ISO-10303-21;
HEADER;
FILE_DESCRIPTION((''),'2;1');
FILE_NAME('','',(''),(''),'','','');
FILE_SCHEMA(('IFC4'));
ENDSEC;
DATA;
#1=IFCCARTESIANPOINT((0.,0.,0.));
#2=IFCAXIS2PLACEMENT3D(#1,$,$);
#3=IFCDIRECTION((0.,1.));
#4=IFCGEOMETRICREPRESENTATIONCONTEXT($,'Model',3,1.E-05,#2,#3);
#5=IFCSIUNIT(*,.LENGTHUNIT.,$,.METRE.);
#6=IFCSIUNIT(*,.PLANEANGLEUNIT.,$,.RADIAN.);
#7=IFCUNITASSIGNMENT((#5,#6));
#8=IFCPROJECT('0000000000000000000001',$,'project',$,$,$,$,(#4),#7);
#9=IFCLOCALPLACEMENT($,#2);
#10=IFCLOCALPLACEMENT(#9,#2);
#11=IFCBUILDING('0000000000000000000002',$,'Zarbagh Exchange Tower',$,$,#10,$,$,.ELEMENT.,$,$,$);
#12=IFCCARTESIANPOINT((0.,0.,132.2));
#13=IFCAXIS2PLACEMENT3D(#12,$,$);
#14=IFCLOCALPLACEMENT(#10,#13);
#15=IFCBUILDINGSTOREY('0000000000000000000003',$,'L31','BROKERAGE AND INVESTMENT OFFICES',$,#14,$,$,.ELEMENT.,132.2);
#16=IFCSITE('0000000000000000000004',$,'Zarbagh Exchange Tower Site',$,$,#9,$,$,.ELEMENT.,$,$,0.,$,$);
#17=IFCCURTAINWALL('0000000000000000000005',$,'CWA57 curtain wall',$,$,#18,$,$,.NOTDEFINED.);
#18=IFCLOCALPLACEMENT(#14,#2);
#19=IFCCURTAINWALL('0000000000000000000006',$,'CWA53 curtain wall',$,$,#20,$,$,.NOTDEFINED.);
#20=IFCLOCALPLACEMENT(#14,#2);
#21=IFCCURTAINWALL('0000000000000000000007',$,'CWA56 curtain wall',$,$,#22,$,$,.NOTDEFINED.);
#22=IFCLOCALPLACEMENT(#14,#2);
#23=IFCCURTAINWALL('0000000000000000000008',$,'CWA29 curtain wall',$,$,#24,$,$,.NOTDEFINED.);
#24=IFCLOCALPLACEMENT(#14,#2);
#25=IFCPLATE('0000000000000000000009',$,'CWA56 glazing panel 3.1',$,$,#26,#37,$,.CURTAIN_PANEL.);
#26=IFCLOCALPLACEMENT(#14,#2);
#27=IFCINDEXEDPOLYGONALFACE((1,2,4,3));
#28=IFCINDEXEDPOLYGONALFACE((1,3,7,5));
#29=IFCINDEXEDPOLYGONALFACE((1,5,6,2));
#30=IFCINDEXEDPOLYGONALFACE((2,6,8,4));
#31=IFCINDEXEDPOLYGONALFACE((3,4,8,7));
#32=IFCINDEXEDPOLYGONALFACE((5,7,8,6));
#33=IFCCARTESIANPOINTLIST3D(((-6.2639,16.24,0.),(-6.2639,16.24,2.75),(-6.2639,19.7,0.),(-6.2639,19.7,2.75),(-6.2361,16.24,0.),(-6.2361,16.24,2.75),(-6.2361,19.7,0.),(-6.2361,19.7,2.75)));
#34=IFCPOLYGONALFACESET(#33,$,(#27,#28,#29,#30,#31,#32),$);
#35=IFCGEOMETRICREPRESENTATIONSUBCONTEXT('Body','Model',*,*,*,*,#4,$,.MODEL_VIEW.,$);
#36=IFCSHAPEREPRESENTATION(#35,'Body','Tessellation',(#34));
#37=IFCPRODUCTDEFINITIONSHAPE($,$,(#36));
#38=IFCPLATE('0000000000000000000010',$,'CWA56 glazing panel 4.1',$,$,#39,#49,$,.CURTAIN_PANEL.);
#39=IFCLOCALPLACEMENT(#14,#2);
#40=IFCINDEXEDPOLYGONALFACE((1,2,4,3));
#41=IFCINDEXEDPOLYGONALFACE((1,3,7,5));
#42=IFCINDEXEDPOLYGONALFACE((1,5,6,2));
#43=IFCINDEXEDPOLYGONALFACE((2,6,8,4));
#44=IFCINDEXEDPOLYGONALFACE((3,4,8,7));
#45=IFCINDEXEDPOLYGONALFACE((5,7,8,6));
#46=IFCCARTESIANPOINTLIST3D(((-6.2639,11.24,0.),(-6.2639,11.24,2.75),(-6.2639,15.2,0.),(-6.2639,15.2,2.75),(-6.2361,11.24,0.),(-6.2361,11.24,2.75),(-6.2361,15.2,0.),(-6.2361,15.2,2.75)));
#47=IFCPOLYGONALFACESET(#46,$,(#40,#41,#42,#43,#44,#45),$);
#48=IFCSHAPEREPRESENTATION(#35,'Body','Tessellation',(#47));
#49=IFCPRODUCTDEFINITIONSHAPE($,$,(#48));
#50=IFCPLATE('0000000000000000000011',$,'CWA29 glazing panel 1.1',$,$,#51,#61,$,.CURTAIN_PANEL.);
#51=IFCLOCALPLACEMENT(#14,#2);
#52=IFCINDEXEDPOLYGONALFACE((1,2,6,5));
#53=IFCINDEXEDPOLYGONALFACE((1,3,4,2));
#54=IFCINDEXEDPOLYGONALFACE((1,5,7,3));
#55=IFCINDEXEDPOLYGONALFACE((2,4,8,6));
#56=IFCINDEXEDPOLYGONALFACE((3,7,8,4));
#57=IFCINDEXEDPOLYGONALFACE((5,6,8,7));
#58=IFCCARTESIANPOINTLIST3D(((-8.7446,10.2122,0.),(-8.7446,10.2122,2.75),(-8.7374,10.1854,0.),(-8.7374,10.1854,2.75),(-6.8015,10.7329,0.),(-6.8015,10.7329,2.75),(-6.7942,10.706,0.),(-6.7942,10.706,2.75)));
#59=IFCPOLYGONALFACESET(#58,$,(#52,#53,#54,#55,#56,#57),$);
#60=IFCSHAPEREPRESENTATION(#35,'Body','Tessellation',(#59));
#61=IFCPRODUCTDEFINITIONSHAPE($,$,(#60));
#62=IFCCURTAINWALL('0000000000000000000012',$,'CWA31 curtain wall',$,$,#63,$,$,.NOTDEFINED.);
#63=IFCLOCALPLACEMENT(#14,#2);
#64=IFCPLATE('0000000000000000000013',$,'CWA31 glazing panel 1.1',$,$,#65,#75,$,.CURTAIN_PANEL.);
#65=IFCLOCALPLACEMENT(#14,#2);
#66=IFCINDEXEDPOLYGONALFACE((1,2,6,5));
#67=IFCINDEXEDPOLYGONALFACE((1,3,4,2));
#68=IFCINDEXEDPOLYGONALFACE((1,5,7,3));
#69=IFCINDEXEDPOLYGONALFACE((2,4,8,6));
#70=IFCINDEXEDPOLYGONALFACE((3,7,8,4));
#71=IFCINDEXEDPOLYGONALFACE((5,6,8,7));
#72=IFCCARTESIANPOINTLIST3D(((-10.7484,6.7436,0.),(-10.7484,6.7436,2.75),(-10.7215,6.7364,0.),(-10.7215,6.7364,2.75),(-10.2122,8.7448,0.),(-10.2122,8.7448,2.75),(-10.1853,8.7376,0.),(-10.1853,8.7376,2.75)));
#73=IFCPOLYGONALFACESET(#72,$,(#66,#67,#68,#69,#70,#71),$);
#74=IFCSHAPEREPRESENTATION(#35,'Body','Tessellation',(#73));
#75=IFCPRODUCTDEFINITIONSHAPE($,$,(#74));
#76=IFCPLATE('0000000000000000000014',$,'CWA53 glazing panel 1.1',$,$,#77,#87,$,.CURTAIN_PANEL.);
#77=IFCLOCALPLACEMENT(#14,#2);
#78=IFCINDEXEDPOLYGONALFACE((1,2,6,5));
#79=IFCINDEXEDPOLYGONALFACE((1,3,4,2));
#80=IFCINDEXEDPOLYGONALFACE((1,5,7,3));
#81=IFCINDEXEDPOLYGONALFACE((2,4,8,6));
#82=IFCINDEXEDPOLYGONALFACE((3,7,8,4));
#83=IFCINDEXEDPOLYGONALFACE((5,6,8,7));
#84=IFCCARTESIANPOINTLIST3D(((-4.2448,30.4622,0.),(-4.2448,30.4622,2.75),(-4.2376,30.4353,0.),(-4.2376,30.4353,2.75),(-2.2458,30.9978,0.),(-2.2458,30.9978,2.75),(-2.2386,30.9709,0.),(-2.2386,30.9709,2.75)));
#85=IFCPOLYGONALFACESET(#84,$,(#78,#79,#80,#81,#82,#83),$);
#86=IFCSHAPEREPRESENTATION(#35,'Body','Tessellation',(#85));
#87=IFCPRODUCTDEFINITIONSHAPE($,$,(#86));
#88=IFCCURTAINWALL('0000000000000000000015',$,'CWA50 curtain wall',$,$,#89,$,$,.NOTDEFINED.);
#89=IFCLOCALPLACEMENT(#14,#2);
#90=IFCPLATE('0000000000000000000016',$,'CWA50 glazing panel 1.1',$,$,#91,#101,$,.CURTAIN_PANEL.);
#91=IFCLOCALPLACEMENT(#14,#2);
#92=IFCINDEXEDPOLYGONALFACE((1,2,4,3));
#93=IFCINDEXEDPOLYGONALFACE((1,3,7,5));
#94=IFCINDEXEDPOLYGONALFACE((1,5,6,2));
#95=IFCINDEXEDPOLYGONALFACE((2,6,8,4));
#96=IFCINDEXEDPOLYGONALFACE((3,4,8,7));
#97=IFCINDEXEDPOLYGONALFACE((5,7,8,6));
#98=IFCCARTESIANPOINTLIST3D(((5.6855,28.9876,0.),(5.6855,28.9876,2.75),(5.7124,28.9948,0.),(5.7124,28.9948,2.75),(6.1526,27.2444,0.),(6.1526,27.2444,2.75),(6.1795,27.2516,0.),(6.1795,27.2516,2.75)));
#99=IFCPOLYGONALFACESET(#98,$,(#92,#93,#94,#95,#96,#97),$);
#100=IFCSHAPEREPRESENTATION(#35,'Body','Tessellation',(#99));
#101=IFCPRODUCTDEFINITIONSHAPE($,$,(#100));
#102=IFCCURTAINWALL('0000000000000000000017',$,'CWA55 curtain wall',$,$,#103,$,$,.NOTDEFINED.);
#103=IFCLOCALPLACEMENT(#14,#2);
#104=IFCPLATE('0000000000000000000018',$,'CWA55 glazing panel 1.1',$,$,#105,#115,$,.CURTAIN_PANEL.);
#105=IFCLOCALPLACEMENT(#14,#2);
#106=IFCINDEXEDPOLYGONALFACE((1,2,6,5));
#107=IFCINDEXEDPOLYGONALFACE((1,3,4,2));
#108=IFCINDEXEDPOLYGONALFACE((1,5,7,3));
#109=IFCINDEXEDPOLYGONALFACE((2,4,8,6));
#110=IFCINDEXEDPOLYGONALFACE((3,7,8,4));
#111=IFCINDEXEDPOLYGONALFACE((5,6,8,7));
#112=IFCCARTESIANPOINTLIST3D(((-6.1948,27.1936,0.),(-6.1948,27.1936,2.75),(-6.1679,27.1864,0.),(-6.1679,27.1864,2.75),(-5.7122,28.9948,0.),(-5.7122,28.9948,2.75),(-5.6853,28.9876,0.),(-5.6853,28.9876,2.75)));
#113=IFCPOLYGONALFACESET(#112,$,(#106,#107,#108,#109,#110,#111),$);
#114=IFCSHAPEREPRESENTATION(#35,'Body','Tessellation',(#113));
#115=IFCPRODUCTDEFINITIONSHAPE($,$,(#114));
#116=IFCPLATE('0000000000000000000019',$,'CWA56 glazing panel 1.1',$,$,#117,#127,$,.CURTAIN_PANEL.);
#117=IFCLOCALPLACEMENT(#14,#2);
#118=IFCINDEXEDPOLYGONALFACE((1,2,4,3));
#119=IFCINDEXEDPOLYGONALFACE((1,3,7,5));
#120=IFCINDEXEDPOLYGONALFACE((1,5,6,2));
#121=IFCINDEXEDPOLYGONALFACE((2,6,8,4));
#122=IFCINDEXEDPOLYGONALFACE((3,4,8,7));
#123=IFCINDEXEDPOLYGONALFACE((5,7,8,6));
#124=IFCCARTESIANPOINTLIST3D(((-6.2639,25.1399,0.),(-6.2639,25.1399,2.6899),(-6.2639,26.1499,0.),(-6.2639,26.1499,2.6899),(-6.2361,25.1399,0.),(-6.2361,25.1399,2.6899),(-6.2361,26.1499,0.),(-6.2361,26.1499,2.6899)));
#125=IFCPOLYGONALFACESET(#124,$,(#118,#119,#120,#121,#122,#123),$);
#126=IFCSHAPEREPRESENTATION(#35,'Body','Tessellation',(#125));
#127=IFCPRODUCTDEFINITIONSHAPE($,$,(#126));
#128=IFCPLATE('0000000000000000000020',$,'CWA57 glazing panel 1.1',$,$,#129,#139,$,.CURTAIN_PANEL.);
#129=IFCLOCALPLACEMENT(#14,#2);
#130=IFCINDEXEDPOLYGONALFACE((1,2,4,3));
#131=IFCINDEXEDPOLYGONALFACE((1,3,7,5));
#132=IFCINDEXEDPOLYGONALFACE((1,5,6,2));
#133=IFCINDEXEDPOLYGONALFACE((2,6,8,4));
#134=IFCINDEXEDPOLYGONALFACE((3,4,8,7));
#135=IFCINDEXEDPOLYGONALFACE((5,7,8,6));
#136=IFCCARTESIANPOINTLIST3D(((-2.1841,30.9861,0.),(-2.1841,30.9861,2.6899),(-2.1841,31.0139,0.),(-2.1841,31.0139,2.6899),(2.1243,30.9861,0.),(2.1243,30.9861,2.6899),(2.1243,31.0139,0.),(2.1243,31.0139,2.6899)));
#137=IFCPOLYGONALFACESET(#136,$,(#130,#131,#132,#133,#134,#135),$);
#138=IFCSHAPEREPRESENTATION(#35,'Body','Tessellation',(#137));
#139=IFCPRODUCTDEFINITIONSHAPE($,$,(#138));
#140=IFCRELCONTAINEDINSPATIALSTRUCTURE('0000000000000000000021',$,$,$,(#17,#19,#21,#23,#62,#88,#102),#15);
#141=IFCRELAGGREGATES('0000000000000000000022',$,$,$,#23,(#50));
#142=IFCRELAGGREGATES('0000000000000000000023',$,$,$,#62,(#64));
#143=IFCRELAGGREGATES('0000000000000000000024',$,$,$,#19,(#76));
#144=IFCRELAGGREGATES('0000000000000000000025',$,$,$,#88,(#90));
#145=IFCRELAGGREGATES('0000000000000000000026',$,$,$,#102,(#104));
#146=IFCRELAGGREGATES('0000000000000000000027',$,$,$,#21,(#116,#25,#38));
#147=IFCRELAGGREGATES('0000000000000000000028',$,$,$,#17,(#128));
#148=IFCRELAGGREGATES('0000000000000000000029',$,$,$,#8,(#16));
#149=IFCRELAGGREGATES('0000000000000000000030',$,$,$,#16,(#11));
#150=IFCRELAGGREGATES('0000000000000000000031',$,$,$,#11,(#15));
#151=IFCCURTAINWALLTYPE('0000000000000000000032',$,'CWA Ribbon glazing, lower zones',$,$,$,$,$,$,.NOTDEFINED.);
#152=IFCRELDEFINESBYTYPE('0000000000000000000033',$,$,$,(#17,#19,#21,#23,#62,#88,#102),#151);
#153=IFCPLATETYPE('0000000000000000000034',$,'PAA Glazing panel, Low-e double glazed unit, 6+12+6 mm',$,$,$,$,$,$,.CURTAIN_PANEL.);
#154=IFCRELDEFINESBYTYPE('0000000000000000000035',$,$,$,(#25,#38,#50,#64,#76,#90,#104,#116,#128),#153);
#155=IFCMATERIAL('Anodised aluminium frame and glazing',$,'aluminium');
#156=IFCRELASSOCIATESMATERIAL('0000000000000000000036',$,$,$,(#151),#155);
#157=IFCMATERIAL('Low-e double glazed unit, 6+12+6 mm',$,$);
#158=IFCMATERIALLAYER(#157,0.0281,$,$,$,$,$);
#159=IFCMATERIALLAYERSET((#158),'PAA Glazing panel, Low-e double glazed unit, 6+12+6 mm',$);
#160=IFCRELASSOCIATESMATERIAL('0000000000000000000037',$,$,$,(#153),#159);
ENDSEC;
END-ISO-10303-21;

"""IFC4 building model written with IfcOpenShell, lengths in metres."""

from ifc_helpers import new_model, si_unit, direction, frame, origin, place, context, subcontext, project, spatial, polyline, outline, extrude, source, transform, mapped, material, layer, layer_set, type_object, element, aggregate, save


model = new_model("IFC4")

# Units and contexts
model_context = context("Model", 3, precision=1e-05, world=origin(), true_north=direction((0.0, 1.0)))
body_context = subcontext(model_context, "Body", "Model", "MODEL_VIEW")
ifc_project = project(units=[si_unit("LENGTHUNIT", "METRE"), si_unit("PLANEANGLEUNIT", "RADIAN")], contexts=[model_context])

# Site, building, storey
site_placement = place(None, origin())
site = spatial("IfcSite", under=ifc_project, at=site_placement, Name="Zarbagh Exchange Tower Site", CompositionType="ELEMENT", RefElevation=0.0)
building_placement = place(site_placement, origin())
building = spatial("IfcBuilding", under=site, at=building_placement, Name="Zarbagh Exchange Tower", CompositionType="ELEMENT")
storey_placement = place(building_placement, frame((0.0, 0.0, 132.2)))
storey = spatial("IfcBuildingStorey", under=building, at=storey_placement, Name="L31", Description="BROKERAGE AND INVESTMENT OFFICES", CompositionType="ELEMENT", Elevation=132.2)

# Curtain walls
ifc_material_1 = material(Name="Anodised aluminium frame and glazing", Category="aluminium")
curtain_wall_type = type_object("IfcCurtainWallType", Name="CWA Ribbon glazing, lower zones", PredefinedType="NOTDEFINED", material=ifc_material_1)
curtain_wall_1_placement = place(storey_placement, origin())
curtain_wall_1 = element("IfcCurtainWall", 1, at=curtain_wall_1_placement, inside=storey, type_object=curtain_wall_type, Name="CWA57 curtain wall", PredefinedType="NOTDEFINED")
placement = place(storey_placement, origin())
curtain_wall_2_placement = place(storey_placement, origin())
curtain_wall_2 = element("IfcCurtainWall", 2, at=curtain_wall_2_placement, inside=storey, type_object=curtain_wall_type, Name="CWA53 curtain wall", PredefinedType="NOTDEFINED")

# Curtain wall
curtain_wall_3_placement = place(storey_placement, origin())
curtain_wall_3 = element("IfcCurtainWall", 3, at=curtain_wall_3_placement, inside=storey, type_object=curtain_wall_type, Name="CWA56 curtain wall", PredefinedType="NOTDEFINED")

# Curtain wall
curtain_wall_4_placement = place(storey_placement, origin())
curtain_wall_4 = element("IfcCurtainWall", 4, at=curtain_wall_4_placement, inside=storey, type_object=curtain_wall_type, Name="CWA29 curtain wall", PredefinedType="NOTDEFINED")

# Shared definitions
ifc_material_2 = material(Name="Low-e double glazed unit, 6+12+6 mm")
ifc_layer = layer(ifc_material_2, 0.0281)
ifc_layer_set = layer_set([ifc_layer], Name="PAA Glazing panel, Low-e double glazed unit, 6+12+6 mm")
plate_type = type_object("IfcPlateType", Name="PAA Glazing panel, Low-e double glazed unit, 6+12+6 mm", PredefinedType="CURTAIN_PANEL", material=ifc_layer_set)

# Plates
shared_shape_1 = source(origin(), body_context, "Body", "SweptSolid", [
    extrude(outline(polyline([(0.0, -0.0139), (3.46, -0.0139), (3.46, 0.0139), (0.0, 0.0139), (0.0, -0.0139)])), origin(), (0.0, 0.0, 1.0), 2.75),
])
plate_1 = element("IfcPlate", 5, at=placement, type_object=plate_type, Name="CWA56 glazing panel 3.1", PredefinedType="CURTAIN_PANEL", context=body_context, shape_type="MappedRepresentation", body=[
    mapped(shared_shape_1, transform((-6.25, 19.7, 0.0), x_axis=(0.0, -1.0, 0.0), y_axis=(1.0, 0.0, 0.0), z_axis=(0.0, 0.0, 1.0))),
])
shared_shape_2 = source(origin(), body_context, "Body", "SweptSolid", [
    extrude(outline(polyline([(0.0, -0.0139), (3.96, -0.0139), (3.96, 0.0139), (0.0, 0.0139), (0.0, -0.0139)])), origin(), (0.0, 0.0, 1.0), 2.75),
])
plate_2 = element("IfcPlate", 6, at=placement, type_object=plate_type, Name="CWA56 glazing panel 4.1", PredefinedType="CURTAIN_PANEL", context=body_context, shape_type="MappedRepresentation", body=[
    mapped(shared_shape_2, transform((-6.25, 15.2, 0.0), x_axis=(0.0, -1.0, 0.0), y_axis=(1.0, 0.0, 0.0), z_axis=(0.0, 0.0, 1.0))),
])
shared_shape_3 = source(origin(), body_context, "Body", "SweptSolid", [
    extrude(outline(polyline([(0.0, -0.0139), (2.0117, -0.0139), (2.0117, 0.0139), (0.0, 0.0139), (0.0, -0.0139)])), origin(), (0.0, 0.0, 1.0), 2.75),
])
plate_3 = element("IfcPlate", 7, at=placement, type_object=plate_type, Name="CWA29 glazing panel 1.1", PredefinedType="CURTAIN_PANEL", context=body_context, shape_type="MappedRepresentation", body=[
    mapped(shared_shape_3, transform((-6.7979, 10.7195, 0.0), x_axis=(-0.965924, -0.258825, 0.0), y_axis=(0.258825, -0.965924, 0.0), z_axis=(0.0, 0.0, 1.0))),
])
aggregate(curtain_wall_4, [plate_3])

# Curtain wall, plate
curtain_wall_5_placement = place(storey_placement, origin())
curtain_wall_5 = element("IfcCurtainWall", 8, at=curtain_wall_5_placement, inside=storey, type_object=curtain_wall_type, Name="CWA31 curtain wall", PredefinedType="NOTDEFINED")
shared_shape_4 = source(origin(), body_context, "Body", "SweptSolid", [
    extrude(outline(polyline([(0.0, -0.0139), (2.0718, -0.0139), (2.0718, 0.0139), (0.0, 0.0139), (0.0, -0.0139)])), origin(), (0.0, 0.0, 1.0), 2.75),
])
plate_4 = element("IfcPlate", 9, at=placement, type_object=plate_type, Name="CWA31 glazing panel 1.1", PredefinedType="CURTAIN_PANEL", context=body_context, shape_type="MappedRepresentation", body=[
    mapped(shared_shape_4, transform((-10.1987, 8.7412, 0.0), x_axis=(-0.258825, -0.965924, 0.0), y_axis=(0.965924, -0.258825, 0.0), z_axis=(0.0, 0.0, 1.0))),
])
aggregate(curtain_wall_5, [plate_4])

# Plate
shared_shape_5 = source(origin(), body_context, "Body", "SweptSolid", [
    extrude(outline(polyline([(0.0, -0.0139), (2.0696, -0.0139), (2.0696, 0.0139), (0.0, 0.0139), (0.0, -0.0139)])), origin(), (0.0, 0.0, 1.0), 2.75),
])
plate_5 = element("IfcPlate", 10, at=placement, type_object=plate_type, Name="CWA53 glazing panel 1.1", PredefinedType="CURTAIN_PANEL", context=body_context, shape_type="MappedRepresentation", body=[
    mapped(shared_shape_5, transform((-2.2422, 30.9844, 0.0), x_axis=(-0.965924, -0.258825, 0.0), y_axis=(0.258825, -0.965924, 0.0), z_axis=(0.0, 0.0, 1.0))),
])
aggregate(curtain_wall_2, [plate_5])

# Curtain walls, plates
curtain_wall_6_placement = place(storey_placement, origin())
curtain_wall_6 = element("IfcCurtainWall", 11, at=curtain_wall_6_placement, inside=storey, type_object=curtain_wall_type, Name="CWA50 curtain wall", PredefinedType="NOTDEFINED")
shared_shape_6 = source(origin(), body_context, "Body", "SweptSolid", [
    extrude(outline(polyline([(0.0, -0.0139), (1.8047, -0.0139), (1.8047, 0.0139), (0.0, 0.0139), (0.0, -0.0139)])), origin(), (0.0, 0.0, 1.0), 2.75),
])
plate_6 = element("IfcPlate", 12, at=placement, type_object=plate_type, Name="CWA50 glazing panel 1.1", PredefinedType="CURTAIN_PANEL", context=body_context, shape_type="MappedRepresentation", body=[
    mapped(shared_shape_6, transform((6.166, 27.248, 0.0), x_axis=(-0.258825, 0.965924, 0.0), y_axis=(-0.965924, -0.258825, 0.0), z_axis=(0.0, 0.0, 1.0))),
])
aggregate(curtain_wall_6, [plate_6])
curtain_wall_7_placement = place(storey_placement, origin())
curtain_wall_7 = element("IfcCurtainWall", 13, at=curtain_wall_7_placement, inside=storey, type_object=curtain_wall_type, Name="CWA55 curtain wall", PredefinedType="NOTDEFINED")
shared_shape_7 = source(origin(), body_context, "Body", "SweptSolid", [
    extrude(outline(polyline([(0.0, -0.0139), (1.8647, -0.0139), (1.8647, 0.0139), (0.0, 0.0139), (0.0, -0.0139)])), origin(), (0.0, 0.0, 1.0), 2.75),
])
plate_7 = element("IfcPlate", 14, at=placement, type_object=plate_type, Name="CWA55 glazing panel 1.1", PredefinedType="CURTAIN_PANEL", context=body_context, shape_type="MappedRepresentation", body=[
    mapped(shared_shape_7, transform((-5.6987, 28.9912, 0.0), x_axis=(-0.258825, -0.965924, 0.0), y_axis=(0.965924, -0.258825, 0.0), z_axis=(0.0, 0.0, 1.0))),
])
aggregate(curtain_wall_7, [plate_7])

# Plates
shared_shape_8 = source(origin(), body_context, "Body", "SweptSolid", [
    extrude(outline(polyline([(0.0, -0.0139), (1.01, -0.0139), (1.01, 0.0139), (0.0, 0.0139), (0.0, -0.0139)])), origin(), (0.0, 0.0, 1.0), 2.6899),
])
plate_8 = element("IfcPlate", 15, at=placement, type_object=plate_type, Name="CWA56 glazing panel 1.1", PredefinedType="CURTAIN_PANEL", context=body_context, shape_type="MappedRepresentation", body=[
    mapped(shared_shape_8, transform((-6.25, 26.1499, 0.0), x_axis=(0.0, -1.0, 0.0), y_axis=(1.0, 0.0, 0.0), z_axis=(0.0, 0.0, 1.0))),
])
aggregate(curtain_wall_3, [plate_8, plate_1, plate_2])
shared_shape_9 = source(origin(), body_context, "Body", "SweptSolid", [
    extrude(outline(polyline([(0.0, -0.0139), (4.3083, -0.0139), (4.3083, 0.0139), (0.0, 0.0139), (0.0, -0.0139)])), origin(), (0.0, 0.0, 1.0), 2.6899),
])
plate_9 = element("IfcPlate", 16, at=placement, type_object=plate_type, Name="CWA57 glazing panel 1.1", PredefinedType="CURTAIN_PANEL", context=body_context, shape_type="MappedRepresentation", body=[
    mapped(shared_shape_9, transform((2.1243, 31.0, 0.0), x_axis=(-1.0, 0.0, 0.0), y_axis=(0.0, -1.0, 0.0), z_axis=(0.0, 0.0, 1.0))),
])
aggregate(curtain_wall_1, [plate_9])

save(model, "model.ifc")
